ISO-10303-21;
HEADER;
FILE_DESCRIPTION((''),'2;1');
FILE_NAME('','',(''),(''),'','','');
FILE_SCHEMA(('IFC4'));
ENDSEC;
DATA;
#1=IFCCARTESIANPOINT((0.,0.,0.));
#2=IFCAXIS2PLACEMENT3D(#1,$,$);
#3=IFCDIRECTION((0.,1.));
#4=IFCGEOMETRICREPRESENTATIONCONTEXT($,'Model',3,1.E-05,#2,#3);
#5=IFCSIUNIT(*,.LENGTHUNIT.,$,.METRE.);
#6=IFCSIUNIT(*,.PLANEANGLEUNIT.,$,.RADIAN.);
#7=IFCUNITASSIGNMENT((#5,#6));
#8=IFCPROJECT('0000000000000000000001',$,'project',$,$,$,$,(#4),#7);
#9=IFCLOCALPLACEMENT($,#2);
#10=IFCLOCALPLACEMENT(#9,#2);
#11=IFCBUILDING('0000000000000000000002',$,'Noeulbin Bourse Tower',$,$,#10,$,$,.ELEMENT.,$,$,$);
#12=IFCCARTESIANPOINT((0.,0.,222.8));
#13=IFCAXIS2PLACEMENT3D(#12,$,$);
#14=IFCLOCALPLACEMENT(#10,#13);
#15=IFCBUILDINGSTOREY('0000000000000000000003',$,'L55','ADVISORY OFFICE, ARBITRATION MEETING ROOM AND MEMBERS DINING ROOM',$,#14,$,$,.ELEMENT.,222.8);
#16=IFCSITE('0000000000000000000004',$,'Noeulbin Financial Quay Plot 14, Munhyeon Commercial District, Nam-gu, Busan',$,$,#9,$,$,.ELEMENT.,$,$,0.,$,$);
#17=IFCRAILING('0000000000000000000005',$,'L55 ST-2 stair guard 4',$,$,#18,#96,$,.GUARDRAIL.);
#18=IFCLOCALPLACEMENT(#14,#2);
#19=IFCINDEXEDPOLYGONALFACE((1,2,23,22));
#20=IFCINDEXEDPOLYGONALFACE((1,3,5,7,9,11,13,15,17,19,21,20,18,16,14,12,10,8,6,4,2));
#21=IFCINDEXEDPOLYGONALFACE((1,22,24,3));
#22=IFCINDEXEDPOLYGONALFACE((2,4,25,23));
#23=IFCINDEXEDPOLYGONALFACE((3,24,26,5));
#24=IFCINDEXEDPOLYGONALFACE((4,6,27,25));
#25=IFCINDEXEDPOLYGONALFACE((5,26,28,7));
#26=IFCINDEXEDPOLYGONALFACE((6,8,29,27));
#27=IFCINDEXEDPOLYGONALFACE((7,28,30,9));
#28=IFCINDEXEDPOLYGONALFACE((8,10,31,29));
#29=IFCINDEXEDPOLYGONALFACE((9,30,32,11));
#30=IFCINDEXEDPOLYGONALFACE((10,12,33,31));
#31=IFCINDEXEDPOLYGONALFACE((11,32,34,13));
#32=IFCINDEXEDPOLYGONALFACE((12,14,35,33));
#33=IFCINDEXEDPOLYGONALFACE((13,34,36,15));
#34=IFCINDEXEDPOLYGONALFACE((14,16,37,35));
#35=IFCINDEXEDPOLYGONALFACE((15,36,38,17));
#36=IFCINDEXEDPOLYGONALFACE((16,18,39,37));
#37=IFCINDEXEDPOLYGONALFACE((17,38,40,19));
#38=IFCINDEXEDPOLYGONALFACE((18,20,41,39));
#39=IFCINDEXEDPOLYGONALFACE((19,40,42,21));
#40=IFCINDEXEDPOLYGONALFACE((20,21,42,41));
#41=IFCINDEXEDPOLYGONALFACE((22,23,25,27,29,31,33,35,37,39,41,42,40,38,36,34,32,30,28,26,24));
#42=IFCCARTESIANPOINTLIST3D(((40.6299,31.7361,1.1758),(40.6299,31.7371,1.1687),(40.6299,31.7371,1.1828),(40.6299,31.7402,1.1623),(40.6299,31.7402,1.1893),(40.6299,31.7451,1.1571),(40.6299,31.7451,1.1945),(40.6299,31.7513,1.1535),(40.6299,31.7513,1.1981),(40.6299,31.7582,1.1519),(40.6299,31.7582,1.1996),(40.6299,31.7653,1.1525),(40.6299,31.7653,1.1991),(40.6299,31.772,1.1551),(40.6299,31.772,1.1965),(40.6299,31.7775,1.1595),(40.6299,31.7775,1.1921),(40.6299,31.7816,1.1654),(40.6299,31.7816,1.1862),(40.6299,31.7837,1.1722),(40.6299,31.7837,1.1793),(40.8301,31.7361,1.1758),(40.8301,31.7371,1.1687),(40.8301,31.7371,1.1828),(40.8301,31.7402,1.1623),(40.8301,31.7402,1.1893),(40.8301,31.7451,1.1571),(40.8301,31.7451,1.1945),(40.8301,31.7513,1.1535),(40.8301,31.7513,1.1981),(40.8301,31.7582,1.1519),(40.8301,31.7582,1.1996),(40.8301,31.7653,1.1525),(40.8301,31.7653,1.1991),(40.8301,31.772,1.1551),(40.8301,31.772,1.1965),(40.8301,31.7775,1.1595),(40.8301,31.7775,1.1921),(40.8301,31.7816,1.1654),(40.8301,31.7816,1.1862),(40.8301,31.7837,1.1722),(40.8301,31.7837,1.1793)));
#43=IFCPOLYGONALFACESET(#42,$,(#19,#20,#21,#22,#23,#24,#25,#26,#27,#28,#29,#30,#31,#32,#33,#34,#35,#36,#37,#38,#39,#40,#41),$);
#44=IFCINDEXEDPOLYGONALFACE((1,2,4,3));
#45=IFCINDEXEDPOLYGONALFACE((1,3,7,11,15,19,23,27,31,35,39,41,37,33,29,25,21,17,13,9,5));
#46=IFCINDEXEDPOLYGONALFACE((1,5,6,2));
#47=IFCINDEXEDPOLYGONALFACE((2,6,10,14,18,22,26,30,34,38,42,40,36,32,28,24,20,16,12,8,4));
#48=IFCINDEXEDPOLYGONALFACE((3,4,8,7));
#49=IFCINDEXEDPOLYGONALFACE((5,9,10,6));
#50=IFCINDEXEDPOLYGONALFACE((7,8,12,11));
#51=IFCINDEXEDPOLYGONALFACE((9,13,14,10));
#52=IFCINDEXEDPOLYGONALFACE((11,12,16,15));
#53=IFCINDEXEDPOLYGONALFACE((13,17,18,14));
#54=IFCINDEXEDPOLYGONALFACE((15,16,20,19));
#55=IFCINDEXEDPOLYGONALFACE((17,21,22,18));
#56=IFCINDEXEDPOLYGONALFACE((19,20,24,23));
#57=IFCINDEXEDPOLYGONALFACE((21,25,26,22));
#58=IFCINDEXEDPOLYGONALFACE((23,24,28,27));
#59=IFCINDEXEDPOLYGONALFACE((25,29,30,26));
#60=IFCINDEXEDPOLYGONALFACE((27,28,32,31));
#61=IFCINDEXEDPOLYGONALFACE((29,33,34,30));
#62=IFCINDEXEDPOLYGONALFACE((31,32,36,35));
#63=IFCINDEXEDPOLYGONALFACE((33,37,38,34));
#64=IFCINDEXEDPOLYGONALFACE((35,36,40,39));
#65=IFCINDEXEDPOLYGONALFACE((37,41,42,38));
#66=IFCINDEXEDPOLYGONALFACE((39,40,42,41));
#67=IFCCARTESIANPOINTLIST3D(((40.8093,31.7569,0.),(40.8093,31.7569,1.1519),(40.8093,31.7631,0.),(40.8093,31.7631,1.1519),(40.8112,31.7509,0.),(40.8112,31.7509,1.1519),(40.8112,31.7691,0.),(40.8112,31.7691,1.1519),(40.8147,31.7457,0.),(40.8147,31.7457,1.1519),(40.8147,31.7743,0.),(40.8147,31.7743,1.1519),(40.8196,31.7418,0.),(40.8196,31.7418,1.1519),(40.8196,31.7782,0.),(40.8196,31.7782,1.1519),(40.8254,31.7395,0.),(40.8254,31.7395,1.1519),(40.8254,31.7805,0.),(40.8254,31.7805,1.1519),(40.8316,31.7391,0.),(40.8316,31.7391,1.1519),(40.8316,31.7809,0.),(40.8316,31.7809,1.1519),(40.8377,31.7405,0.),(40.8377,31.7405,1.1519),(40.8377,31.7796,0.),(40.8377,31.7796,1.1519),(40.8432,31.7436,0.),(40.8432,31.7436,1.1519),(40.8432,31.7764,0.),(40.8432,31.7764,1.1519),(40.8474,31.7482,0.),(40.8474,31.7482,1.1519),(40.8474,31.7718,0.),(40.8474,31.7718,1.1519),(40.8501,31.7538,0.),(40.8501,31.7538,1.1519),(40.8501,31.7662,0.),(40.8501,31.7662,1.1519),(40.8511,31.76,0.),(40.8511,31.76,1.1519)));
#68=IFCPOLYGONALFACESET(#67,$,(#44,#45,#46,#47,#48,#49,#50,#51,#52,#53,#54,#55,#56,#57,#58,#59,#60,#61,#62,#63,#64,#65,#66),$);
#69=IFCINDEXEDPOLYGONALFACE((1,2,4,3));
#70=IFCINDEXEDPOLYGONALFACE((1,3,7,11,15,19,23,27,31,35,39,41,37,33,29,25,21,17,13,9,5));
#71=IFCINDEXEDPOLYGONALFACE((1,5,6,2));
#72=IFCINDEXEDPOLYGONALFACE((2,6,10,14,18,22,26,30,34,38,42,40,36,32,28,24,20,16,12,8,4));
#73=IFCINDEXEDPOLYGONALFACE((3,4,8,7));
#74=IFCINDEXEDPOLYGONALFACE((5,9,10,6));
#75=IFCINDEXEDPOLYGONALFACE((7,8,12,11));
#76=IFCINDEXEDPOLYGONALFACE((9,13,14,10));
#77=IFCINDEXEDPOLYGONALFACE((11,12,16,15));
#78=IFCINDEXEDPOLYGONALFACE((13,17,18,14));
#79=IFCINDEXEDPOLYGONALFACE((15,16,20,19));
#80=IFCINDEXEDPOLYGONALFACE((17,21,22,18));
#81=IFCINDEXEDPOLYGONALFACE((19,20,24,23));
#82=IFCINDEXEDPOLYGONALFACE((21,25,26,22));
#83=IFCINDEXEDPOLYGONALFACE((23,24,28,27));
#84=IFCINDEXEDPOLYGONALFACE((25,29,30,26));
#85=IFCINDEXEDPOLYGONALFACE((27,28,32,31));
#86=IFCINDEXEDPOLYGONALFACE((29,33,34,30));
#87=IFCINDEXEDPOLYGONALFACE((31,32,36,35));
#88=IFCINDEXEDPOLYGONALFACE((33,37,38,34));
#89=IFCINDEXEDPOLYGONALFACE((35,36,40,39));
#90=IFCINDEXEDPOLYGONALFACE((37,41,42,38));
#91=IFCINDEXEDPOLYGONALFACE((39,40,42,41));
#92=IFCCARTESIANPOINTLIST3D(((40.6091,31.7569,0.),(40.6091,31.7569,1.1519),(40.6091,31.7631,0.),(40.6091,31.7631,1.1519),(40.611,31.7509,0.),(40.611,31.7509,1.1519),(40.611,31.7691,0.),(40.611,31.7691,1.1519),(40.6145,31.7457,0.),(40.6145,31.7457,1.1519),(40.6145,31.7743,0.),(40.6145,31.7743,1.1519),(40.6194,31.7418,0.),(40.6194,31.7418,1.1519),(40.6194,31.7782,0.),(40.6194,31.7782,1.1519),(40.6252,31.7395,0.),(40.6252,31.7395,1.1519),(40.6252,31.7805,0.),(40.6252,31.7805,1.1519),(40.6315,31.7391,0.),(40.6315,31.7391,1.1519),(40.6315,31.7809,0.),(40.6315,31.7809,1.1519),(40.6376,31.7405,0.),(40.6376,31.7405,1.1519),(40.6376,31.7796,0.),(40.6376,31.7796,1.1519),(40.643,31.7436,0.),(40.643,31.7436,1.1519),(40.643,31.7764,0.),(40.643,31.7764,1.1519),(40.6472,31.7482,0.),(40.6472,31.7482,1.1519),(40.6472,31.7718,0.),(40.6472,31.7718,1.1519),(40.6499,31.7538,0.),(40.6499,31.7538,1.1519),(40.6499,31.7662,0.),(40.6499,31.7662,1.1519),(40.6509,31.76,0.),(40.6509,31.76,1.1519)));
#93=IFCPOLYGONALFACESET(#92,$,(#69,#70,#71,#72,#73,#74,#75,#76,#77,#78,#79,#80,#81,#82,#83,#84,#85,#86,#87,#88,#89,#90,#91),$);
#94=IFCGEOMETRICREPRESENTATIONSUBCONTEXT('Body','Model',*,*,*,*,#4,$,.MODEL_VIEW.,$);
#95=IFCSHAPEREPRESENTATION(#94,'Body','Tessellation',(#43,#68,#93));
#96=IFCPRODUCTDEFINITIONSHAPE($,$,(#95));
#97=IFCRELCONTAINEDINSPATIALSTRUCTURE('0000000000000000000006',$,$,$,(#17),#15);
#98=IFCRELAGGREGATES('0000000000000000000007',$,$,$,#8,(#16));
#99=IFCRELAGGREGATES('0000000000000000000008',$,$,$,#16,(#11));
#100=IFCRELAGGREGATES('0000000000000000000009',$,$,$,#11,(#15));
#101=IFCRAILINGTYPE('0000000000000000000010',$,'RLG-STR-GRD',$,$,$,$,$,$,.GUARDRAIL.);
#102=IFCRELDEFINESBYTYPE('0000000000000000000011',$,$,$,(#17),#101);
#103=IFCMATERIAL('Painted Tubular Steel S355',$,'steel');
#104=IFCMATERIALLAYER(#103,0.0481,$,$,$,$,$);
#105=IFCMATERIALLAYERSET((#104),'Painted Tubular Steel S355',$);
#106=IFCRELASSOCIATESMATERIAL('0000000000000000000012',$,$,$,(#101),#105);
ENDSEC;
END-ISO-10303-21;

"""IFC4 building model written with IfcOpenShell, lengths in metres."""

from ifc_helpers import new_model, si_unit, direction, frame, origin, origin_2d, place, context, subcontext, project, spatial, circle, extrude, material, layer, layer_set, type_object, element, save


model = new_model("IFC4")

# Units and contexts
model_context = context("Model", 3, precision=1e-05, world=origin(), true_north=direction((0.0, 1.0)))
body_context = subcontext(model_context, "Body", "Model", "MODEL_VIEW")
ifc_project = project(units=[si_unit("LENGTHUNIT", "METRE"), si_unit("PLANEANGLEUNIT", "RADIAN")], contexts=[model_context])

# Site, building, storey
site_placement = place(None, origin())
site = spatial("IfcSite", under=ifc_project, at=site_placement, Name="Noeulbin Financial Quay Plot 14, Munhyeon Commercial District, Nam-gu, Busan", CompositionType="ELEMENT", RefElevation=0.0)
building_placement = place(site_placement, origin())
building = spatial("IfcBuilding", under=site, at=building_placement, Name="Noeulbin Bourse Tower", CompositionType="ELEMENT")
storey_placement = place(building_placement, frame((0.0, 0.0, 222.8)))
storey = spatial("IfcBuildingStorey", under=building, at=storey_placement, Name="L55", Description="ADVISORY OFFICE, ARBITRATION MEETING ROOM AND MEMBERS DINING ROOM", CompositionType="ELEMENT", Elevation=222.8)

# Railing
ifc_material_1 = material(Name="Painted Tubular Steel S355", Category="steel")
ifc_layer_1 = layer(ifc_material_1, 0.0481)
ifc_layer_set_1 = layer_set([ifc_layer_1], Name="Painted Tubular Steel S355")
railing_type_1 = type_object("IfcRailingType", Name="RLG-STR-GRD", PredefinedType="GUARDRAIL", material=ifc_layer_set_1)
railing_1_placement = place(storey_placement, frame((40.8301, 31.76, 0.0)))
element("IfcRailing", 1, at=railing_1_placement, inside=storey, type_object=railing_type_1, Name="L55 ST-2 stair guard 4", PredefinedType="GUARDRAIL", context=body_context, shape_type="SweptSolid", body=[
    extrude(circle(Radius=0.0239, at=origin_2d()), frame((0.0, 0.0, 1.1758), z_axis=(-1.0, 0.0, 0.0), x_axis=(0.0, -1.0, 0.0)), (0.0, 0.0, 1.0), 0.2002),
    extrude(circle(Radius=0.021, at=origin_2d()), origin(), (0.0, 0.0, 1.0), 1.1519),
    extrude(circle(Radius=0.021, at=origin_2d()), frame((-0.2002, 0.0, 0.0)), (0.0, 0.0, 1.0), 1.1519),
])

save(model, "model.ifc")
